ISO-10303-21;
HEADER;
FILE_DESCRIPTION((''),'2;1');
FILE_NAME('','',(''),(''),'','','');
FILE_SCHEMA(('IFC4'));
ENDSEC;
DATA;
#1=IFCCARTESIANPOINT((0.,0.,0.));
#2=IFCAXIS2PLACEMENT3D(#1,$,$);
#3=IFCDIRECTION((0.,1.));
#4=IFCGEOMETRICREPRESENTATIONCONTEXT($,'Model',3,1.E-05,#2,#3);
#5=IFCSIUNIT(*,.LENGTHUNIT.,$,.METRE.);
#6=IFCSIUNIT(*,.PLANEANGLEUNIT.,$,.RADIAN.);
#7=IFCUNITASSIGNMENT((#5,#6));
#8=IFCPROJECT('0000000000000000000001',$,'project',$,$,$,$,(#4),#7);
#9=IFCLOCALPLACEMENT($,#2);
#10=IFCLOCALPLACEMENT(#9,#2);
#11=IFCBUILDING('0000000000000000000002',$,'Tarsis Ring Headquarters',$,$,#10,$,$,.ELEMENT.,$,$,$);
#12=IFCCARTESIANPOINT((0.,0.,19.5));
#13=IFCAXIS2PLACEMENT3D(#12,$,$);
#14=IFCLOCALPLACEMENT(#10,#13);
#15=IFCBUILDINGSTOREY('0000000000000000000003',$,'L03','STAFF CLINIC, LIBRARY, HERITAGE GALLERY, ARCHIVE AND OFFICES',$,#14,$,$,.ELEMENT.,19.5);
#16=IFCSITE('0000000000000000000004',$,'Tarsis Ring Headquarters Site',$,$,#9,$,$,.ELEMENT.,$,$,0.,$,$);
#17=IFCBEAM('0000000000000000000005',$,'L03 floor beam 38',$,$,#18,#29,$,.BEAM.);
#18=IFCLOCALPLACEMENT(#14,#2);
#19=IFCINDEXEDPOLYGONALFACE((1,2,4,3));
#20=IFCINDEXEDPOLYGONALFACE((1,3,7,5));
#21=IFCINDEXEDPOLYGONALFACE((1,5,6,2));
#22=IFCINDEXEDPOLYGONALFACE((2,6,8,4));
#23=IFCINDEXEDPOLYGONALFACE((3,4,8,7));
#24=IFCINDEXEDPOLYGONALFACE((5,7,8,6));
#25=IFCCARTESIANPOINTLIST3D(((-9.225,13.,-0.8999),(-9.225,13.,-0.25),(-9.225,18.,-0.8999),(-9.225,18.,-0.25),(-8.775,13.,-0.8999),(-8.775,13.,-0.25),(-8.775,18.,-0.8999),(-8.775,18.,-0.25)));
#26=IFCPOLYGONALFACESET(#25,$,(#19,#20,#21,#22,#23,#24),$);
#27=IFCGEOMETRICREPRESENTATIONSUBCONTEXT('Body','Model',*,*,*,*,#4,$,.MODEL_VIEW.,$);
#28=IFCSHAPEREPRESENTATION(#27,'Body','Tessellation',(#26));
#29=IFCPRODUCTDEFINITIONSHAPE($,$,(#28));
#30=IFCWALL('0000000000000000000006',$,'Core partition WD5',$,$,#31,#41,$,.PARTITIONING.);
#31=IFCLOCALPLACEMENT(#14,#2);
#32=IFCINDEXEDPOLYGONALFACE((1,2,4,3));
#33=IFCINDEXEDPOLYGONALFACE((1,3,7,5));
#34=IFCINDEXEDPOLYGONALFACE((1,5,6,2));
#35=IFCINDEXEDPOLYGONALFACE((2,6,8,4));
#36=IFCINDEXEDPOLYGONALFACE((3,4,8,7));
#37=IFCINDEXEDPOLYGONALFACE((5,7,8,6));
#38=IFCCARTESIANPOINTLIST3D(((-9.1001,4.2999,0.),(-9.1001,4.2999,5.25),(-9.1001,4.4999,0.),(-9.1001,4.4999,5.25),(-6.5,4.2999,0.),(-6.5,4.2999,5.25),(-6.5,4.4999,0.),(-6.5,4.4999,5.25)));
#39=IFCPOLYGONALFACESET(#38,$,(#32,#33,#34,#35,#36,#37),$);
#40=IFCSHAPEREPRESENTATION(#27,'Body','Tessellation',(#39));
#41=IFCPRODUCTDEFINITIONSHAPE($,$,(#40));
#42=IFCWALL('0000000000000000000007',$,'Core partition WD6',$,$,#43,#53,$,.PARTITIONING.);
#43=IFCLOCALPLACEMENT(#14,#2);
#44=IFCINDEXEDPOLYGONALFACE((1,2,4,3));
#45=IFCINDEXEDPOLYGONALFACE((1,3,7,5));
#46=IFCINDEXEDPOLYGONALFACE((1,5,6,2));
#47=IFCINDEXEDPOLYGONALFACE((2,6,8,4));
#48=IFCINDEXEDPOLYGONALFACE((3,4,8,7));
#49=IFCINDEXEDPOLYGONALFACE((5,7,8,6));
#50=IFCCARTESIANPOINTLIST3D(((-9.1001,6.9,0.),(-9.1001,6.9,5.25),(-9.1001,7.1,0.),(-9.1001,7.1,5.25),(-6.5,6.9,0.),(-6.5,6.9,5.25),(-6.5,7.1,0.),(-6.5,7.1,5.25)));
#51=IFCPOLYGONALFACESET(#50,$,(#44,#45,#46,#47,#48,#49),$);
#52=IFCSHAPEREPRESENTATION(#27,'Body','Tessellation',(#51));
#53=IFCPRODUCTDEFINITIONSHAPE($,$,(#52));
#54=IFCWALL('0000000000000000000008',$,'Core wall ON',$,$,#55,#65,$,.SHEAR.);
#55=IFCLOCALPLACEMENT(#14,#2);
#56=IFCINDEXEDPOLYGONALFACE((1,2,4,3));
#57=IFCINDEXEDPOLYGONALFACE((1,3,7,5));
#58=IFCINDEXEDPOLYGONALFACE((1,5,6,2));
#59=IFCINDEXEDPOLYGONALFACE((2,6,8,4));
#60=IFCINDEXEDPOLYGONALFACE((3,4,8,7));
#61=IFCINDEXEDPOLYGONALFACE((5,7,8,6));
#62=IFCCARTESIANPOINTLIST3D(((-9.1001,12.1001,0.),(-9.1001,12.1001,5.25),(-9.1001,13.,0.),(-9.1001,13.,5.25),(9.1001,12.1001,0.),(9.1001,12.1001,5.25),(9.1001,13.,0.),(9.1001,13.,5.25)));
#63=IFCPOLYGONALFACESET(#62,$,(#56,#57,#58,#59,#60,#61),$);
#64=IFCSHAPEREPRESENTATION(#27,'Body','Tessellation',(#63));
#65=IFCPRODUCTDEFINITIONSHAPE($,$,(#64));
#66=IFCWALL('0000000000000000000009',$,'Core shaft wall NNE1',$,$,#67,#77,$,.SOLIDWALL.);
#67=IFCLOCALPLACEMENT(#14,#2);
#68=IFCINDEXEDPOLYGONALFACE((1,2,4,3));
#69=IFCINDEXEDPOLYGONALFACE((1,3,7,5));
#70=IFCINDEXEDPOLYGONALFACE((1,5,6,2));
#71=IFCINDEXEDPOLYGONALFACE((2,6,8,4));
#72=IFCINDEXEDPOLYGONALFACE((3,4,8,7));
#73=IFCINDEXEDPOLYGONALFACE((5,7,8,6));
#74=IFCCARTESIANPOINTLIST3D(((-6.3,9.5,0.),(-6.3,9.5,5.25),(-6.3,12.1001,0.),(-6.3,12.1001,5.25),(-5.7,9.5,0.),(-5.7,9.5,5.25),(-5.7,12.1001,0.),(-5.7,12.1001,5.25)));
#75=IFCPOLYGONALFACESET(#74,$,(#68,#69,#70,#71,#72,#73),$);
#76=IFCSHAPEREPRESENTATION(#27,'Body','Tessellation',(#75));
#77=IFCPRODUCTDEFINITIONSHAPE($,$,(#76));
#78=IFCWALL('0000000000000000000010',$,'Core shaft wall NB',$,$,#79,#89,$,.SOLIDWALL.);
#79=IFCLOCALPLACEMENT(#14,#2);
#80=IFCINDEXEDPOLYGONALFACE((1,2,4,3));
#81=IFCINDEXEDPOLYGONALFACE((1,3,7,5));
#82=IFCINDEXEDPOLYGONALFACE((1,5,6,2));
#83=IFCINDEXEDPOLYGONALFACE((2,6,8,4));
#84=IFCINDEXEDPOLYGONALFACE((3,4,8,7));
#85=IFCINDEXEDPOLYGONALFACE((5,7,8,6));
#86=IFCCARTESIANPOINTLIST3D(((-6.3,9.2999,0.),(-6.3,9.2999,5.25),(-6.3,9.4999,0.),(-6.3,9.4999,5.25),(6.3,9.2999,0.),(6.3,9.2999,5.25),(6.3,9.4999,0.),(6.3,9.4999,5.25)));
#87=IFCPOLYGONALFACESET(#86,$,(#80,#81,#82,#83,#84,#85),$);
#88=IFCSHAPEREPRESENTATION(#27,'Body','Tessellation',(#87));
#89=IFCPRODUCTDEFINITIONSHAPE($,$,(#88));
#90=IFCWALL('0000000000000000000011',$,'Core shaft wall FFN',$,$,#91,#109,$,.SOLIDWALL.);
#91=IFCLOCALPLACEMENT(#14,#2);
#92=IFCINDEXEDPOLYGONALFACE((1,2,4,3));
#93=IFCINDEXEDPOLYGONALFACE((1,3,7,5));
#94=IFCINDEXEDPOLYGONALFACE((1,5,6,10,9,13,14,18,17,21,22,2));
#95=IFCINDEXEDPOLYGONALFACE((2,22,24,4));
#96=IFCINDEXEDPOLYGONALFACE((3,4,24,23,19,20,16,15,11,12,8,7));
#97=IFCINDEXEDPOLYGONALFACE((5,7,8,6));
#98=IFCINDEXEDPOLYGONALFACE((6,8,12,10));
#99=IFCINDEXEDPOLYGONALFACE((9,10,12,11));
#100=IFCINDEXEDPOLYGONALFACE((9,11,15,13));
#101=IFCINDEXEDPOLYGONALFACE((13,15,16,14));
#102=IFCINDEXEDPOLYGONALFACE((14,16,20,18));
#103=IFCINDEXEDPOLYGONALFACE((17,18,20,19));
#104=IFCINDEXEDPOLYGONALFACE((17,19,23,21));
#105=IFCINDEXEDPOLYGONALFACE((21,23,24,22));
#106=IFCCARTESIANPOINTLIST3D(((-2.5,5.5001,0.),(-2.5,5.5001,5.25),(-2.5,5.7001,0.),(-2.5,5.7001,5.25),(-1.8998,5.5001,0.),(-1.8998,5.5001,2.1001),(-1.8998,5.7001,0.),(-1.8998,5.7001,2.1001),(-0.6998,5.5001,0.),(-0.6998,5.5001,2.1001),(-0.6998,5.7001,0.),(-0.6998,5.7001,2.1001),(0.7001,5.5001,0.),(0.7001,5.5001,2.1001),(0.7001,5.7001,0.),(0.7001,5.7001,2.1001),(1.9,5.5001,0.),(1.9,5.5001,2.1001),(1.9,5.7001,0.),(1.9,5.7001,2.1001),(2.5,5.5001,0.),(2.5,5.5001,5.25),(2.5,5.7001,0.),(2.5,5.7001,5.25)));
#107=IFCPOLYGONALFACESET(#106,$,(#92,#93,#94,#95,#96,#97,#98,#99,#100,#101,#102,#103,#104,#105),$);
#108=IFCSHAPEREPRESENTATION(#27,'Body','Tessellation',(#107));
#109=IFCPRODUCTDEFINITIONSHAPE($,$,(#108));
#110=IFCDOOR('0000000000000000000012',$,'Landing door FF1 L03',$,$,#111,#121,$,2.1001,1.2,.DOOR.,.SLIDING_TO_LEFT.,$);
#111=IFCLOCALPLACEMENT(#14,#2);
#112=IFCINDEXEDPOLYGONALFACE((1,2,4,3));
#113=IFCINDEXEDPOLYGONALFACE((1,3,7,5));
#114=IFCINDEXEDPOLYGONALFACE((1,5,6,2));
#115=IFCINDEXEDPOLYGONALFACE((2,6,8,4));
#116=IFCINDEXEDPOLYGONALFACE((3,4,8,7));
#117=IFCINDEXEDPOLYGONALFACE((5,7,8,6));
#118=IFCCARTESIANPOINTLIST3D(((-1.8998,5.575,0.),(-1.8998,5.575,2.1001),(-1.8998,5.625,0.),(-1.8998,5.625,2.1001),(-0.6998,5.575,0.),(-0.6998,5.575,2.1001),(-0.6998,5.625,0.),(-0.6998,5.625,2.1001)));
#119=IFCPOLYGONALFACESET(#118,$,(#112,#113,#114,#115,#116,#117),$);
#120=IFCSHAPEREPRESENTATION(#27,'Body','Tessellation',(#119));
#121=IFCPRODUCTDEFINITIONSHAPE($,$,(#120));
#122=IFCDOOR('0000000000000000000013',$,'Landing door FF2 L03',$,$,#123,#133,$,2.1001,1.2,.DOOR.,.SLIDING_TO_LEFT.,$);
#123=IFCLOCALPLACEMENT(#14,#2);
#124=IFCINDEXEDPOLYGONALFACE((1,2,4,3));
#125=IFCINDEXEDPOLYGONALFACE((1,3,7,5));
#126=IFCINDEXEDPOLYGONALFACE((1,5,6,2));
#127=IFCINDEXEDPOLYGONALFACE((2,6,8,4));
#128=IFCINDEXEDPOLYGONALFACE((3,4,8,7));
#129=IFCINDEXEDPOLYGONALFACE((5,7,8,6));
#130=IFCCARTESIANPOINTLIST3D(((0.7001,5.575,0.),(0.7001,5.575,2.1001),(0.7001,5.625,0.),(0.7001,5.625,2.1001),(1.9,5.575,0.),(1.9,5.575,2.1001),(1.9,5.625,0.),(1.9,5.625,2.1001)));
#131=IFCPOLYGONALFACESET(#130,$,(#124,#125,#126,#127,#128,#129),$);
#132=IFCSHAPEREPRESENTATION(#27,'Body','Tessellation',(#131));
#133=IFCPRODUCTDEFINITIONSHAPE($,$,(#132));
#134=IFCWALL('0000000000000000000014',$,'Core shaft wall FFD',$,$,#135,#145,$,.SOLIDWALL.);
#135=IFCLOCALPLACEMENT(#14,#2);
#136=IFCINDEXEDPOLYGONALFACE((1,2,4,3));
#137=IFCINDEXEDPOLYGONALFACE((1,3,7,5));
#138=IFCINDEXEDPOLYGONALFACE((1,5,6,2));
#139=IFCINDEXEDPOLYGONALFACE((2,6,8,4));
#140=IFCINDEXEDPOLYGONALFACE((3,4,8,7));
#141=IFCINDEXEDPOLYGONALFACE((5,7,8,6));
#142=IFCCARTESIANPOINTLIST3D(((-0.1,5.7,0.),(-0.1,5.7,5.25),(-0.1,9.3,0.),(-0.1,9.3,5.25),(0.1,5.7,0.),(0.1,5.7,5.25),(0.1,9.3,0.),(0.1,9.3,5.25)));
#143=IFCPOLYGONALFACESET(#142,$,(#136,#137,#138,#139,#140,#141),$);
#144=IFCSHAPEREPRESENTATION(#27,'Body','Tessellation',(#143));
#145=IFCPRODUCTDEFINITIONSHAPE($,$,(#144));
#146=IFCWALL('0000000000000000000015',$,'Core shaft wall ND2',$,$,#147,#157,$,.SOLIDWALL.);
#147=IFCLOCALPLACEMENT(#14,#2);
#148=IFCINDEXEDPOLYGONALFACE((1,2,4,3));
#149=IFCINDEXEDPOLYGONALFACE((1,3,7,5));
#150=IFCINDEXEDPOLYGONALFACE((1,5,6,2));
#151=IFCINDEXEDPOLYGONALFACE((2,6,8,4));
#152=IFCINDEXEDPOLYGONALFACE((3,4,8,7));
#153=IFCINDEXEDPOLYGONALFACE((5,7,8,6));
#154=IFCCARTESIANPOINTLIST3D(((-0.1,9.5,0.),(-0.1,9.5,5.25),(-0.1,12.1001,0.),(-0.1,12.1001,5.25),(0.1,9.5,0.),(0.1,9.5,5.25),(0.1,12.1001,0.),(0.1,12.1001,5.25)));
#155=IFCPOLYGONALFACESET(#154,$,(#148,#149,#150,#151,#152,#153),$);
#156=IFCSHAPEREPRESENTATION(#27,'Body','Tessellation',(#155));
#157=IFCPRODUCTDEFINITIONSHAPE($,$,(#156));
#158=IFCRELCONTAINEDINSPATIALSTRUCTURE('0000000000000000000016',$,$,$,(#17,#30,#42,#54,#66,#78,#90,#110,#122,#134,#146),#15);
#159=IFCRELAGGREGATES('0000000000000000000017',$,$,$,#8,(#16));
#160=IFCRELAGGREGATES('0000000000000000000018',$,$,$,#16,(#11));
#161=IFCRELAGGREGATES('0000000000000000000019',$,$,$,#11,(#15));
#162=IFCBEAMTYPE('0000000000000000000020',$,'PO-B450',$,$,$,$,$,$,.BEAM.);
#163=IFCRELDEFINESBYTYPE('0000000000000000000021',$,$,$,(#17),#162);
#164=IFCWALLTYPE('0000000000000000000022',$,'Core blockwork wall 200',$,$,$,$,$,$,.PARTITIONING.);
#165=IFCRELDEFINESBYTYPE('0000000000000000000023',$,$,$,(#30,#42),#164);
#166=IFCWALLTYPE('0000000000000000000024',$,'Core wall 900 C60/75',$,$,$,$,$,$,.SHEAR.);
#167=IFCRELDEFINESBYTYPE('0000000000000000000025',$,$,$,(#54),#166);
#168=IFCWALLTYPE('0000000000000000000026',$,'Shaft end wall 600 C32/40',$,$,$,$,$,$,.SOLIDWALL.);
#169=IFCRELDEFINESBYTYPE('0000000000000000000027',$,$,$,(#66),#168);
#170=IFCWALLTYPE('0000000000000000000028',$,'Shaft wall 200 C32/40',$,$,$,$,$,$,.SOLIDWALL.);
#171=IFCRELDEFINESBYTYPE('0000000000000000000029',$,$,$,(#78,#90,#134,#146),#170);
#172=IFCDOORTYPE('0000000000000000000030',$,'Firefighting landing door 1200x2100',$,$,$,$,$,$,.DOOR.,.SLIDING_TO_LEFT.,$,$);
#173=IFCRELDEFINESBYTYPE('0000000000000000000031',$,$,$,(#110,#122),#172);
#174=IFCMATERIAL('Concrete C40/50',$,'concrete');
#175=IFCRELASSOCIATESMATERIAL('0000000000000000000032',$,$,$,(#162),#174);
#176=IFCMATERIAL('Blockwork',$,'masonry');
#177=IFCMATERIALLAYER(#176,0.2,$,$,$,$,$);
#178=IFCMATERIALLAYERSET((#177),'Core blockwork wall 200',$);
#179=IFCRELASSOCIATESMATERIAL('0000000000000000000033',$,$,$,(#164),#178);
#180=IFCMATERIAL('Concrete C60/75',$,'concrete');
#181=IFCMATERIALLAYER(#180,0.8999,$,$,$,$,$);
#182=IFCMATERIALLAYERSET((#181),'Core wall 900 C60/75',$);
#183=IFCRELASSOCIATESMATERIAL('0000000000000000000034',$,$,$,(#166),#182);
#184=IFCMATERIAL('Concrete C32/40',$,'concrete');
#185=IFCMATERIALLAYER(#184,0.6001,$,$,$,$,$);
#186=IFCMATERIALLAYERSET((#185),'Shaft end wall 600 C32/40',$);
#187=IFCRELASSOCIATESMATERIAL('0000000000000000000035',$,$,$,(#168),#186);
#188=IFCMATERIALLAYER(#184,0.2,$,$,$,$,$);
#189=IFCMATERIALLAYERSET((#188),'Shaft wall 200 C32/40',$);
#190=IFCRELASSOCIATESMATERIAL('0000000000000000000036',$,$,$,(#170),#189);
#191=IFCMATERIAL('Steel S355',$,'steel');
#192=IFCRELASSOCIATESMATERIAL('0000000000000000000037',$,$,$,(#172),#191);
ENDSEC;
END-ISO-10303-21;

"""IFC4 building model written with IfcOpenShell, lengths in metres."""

from ifc_helpers import new_model, si_unit, direction, frame, frame_2d, origin, origin_2d, place, context, subcontext, project, spatial, rectangle, extrude, material, layer, layer_set, material_profile, profile_set, type_object, element, fill, save


model = new_model("IFC4")

# Units and contexts
model_context = context("Model", 3, precision=1e-05, world=origin(), true_north=direction((0.0, 1.0)))
body_context = subcontext(model_context, "Body", "Model", "MODEL_VIEW")
ifc_project = project(units=[si_unit("LENGTHUNIT", "METRE"), si_unit("PLANEANGLEUNIT", "RADIAN")], contexts=[model_context])

# Site, building, storey
site_placement = place(None, origin())
site = spatial("IfcSite", under=ifc_project, at=site_placement, Name="Tarsis Ring Headquarters Site", CompositionType="ELEMENT", RefElevation=0.0)
building_placement = place(site_placement, origin())
building = spatial("IfcBuilding", under=site, at=building_placement, Name="Tarsis Ring Headquarters", CompositionType="ELEMENT")
storey_placement = place(building_placement, frame((0.0, 0.0, 19.5)))
storey = spatial("IfcBuildingStorey", under=building, at=storey_placement, Name="L03", Description="STAFF CLINIC, LIBRARY, HERITAGE GALLERY, ARCHIVE AND OFFICES", CompositionType="ELEMENT", Elevation=19.5)

# Beam
ifc_material_1 = material(Name="Concrete C40/50", Category="concrete")
ifc_material_profile = material_profile(ifc_material_1, rectangle(XDim=0.45, YDim=0.6499, at=origin_2d()), Name="PO-B450")
ifc_profile_set = profile_set([ifc_material_profile], Name="Concrete C40/50")
beam_type = type_object("IfcBeamType", Name="PO-B450", PredefinedType="BEAM", material=ifc_profile_set)
beam_placement = place(storey_placement, frame((-9.0, 13.0, -0.575), z_axis=(0.0, 1.0, 0.0), x_axis=(-1.0, 0.0, 0.0)))
element("IfcBeam", 1, at=beam_placement, inside=storey, type_object=beam_type, Name="L03 floor beam 38", PredefinedType="BEAM", context=body_context, shape_type="SweptSolid", body=[
    extrude(rectangle(XDim=0.45, YDim=0.6499, at=origin_2d()), origin(), (0.0, 0.0, 1.0), 5.0),
])

# Walls
ifc_material_2 = material(Name="Blockwork", Category="masonry")
ifc_layer_1 = layer(ifc_material_2, 0.2)
ifc_layer_set_1 = layer_set([ifc_layer_1], Name="Core blockwork wall 200")
wall_type_1 = type_object("IfcWallType", Name="Core blockwork wall 200", PredefinedType="PARTITIONING", material=ifc_layer_set_1)
for number, where, z_axis, x_axis, name in (
    (2, (-9.1001, 4.3999, 0.0), (0.0, 0.0, 1.0), (1.0, 0.0, 0.0), "Core partition WD5"),
    (3, (-9.1001, 7.0, 0.0), (0.0, 0.0, 1.0), (1.0, 0.0, 0.0), "Core partition WD6"),
):
    element("IfcWall", number, at=place(storey_placement, frame(where, z_axis=z_axis, x_axis=x_axis)), inside=storey, type_object=wall_type_1, Name=name, PredefinedType="PARTITIONING", context=body_context, shape_type="SweptSolid", body=[
        extrude(rectangle(XDim=2.6001, YDim=0.2, at=frame_2d((1.3, 0.0))), origin(), (0.0, 0.0, 1.0), 5.25),
    ])
ifc_material_3 = material(Name="Concrete C60/75", Category="concrete")
ifc_layer_2 = layer(ifc_material_3, 0.8999)
ifc_layer_set_2 = layer_set([ifc_layer_2], Name="Core wall 900 C60/75")
wall_type_2 = type_object("IfcWallType", Name="Core wall 900 C60/75", PredefinedType="SHEAR", material=ifc_layer_set_2)
wall_1_placement = place(storey_placement, frame((-9.1001, 12.55, 0.0), z_axis=(0.0, 0.0, 1.0), x_axis=(1.0, 0.0, 0.0)))
element("IfcWall", 4, at=wall_1_placement, inside=storey, type_object=wall_type_2, Name="Core wall ON", PredefinedType="SHEAR", context=body_context, shape_type="SweptSolid", body=[
    extrude(rectangle(XDim=18.2002, YDim=0.8999, at=frame_2d((9.1001, 0.0))), origin(), (0.0, 0.0, 1.0), 5.25),
])
ifc_material_4 = material(Name="Concrete C32/40", Category="concrete")
ifc_layer_3 = layer(ifc_material_4, 0.6001)
ifc_layer_set_3 = layer_set([ifc_layer_3], Name="Shaft end wall 600 C32/40")
wall_type_3 = type_object("IfcWallType", Name="Shaft end wall 600 C32/40", PredefinedType="SOLIDWALL", material=ifc_layer_set_3)
wall_2_placement = place(storey_placement, frame((-6.0, 9.5, 0.0), z_axis=(0.0, 0.0, 1.0), x_axis=(0.0, 1.0, 0.0)))
element("IfcWall", 5, at=wall_2_placement, inside=storey, type_object=wall_type_3, Name="Core shaft wall NNE1", PredefinedType="SOLIDWALL", context=body_context, shape_type="SweptSolid", body=[
    extrude(rectangle(XDim=2.6001, YDim=0.6001, at=frame_2d((1.3, 0.0))), origin(), (0.0, 0.0, 1.0), 5.25),
])
ifc_layer_4 = layer(ifc_material_4, 0.2)
ifc_layer_set_4 = layer_set([ifc_layer_4], Name="Shaft wall 200 C32/40")
wall_type_4 = type_object("IfcWallType", Name="Shaft wall 200 C32/40", PredefinedType="SOLIDWALL", material=ifc_layer_set_4)
wall_3_placement = place(storey_placement, frame((-6.3, 9.3999, 0.0), z_axis=(0.0, 0.0, 1.0), x_axis=(1.0, 0.0, 0.0)))
element("IfcWall", 6, at=wall_3_placement, inside=storey, type_object=wall_type_4, Name="Core shaft wall NB", PredefinedType="SOLIDWALL", context=body_context, shape_type="SweptSolid", body=[
    extrude(rectangle(XDim=12.6001, YDim=0.2, at=frame_2d((6.3, 0.0))), origin(), (0.0, 0.0, 1.0), 5.25),
])

# Wall, openings, doors
wall_4_placement = place(storey_placement, frame((-2.5, 5.6001, 0.0), z_axis=(0.0, 0.0, 1.0), x_axis=(1.0, 0.0, 0.0)))
wall_4 = element("IfcWall", 7, at=wall_4_placement, inside=storey, type_object=wall_type_4, Name="Core shaft wall FFN", PredefinedType="SOLIDWALL", context=body_context, shape_type="SweptSolid", body=[
    extrude(rectangle(XDim=5.0, YDim=0.2, at=frame_2d((2.5, 0.0))), origin(), (0.0, 0.0, 1.0), 5.25),
])
opening_1_placement = place(wall_4_placement, frame((0.6001, 0.0, 0.0)))
opening_1 = element("IfcOpeningElement", 8, at=opening_1_placement, cuts=wall_4, PredefinedType="OPENING", context=body_context, shape_type="SweptSolid", body=[
    extrude(rectangle(XDim=1.2, YDim=2.1001, at=frame_2d((0.6001, 1.05))), frame((0.0, 0.1099, 0.0), z_axis=(0.0, -1.0, 0.0), x_axis=(1.0, 0.0, 0.0)), (0.0, 0.0, 1.0), 0.22),
])
opening_2_placement = place(wall_4_placement, frame((3.2, 0.0, 0.0)))
opening_2 = element("IfcOpeningElement", 9, at=opening_2_placement, cuts=wall_4, PredefinedType="OPENING", context=body_context, shape_type="SweptSolid", body=[
    extrude(rectangle(XDim=1.2, YDim=2.1001, at=frame_2d((0.6001, 1.05))), frame((0.0, 0.1099, 0.0), z_axis=(0.0, -1.0, 0.0), x_axis=(1.0, 0.0, 0.0)), (0.0, 0.0, 1.0), 0.22),
])
ifc_material_5 = material(Name="Steel S355", Category="steel")
door_type = type_object("IfcDoorType", Name="Firefighting landing door 1200x2100", OperationType="SLIDING_TO_LEFT", PredefinedType="DOOR", material=ifc_material_5)
door_1_placement = place(opening_1_placement, origin())
door_1 = element("IfcDoor", 10, at=door_1_placement, inside=storey, type_object=door_type, Name="Landing door FF1 L03", OperationType="SLIDING_TO_LEFT", OverallHeight=2.1001, OverallWidth=1.2, PredefinedType="DOOR", context=body_context, shape_type="SweptSolid", body=[
    extrude(rectangle(XDim=1.2, YDim=2.1001, at=frame_2d((0.6001, 1.05))), frame((0.0, 0.0249, 0.0), z_axis=(0.0, -1.0, 0.0), x_axis=(1.0, 0.0, 0.0)), (0.0, 0.0, 1.0), 0.05),
])
fill(opening_1, door_1)
door_2_placement = place(opening_2_placement, origin())
door_2 = element("IfcDoor", 11, at=door_2_placement, inside=storey, type_object=door_type, Name="Landing door FF2 L03", OperationType="SLIDING_TO_LEFT", OverallHeight=2.1001, OverallWidth=1.2, PredefinedType="DOOR", context=body_context, shape_type="SweptSolid", body=[
    extrude(rectangle(XDim=1.2, YDim=2.1001, at=frame_2d((0.6001, 1.05))), frame((0.0, 0.0249, 0.0), z_axis=(0.0, -1.0, 0.0), x_axis=(1.0, 0.0, 0.0)), (0.0, 0.0, 1.0), 0.05),
])
fill(opening_2, door_2)

# Walls
wall_5_placement = place(storey_placement, frame((0.0, 5.7, 0.0), z_axis=(0.0, 0.0, 1.0), x_axis=(0.0, 1.0, 0.0)))
element("IfcWall", 12, at=wall_5_placement, inside=storey, type_object=wall_type_4, Name="Core shaft wall FFD", PredefinedType="SOLIDWALL", context=body_context, shape_type="SweptSolid", body=[
    extrude(rectangle(XDim=3.6001, YDim=0.2, at=frame_2d((1.8, 0.0))), origin(), (0.0, 0.0, 1.0), 5.25),
])
wall_6_placement = place(storey_placement, frame((0.0, 9.5, 0.0), z_axis=(0.0, 0.0, 1.0), x_axis=(0.0, 1.0, 0.0)))
element("IfcWall", 13, at=wall_6_placement, inside=storey, type_object=wall_type_4, Name="Core shaft wall ND2", PredefinedType="SOLIDWALL", context=body_context, shape_type="SweptSolid", body=[
    extrude(rectangle(XDim=2.6001, YDim=0.2, at=frame_2d((1.3, 0.0))), origin(), (0.0, 0.0, 1.0), 5.25),
])

save(model, "model.ifc")
